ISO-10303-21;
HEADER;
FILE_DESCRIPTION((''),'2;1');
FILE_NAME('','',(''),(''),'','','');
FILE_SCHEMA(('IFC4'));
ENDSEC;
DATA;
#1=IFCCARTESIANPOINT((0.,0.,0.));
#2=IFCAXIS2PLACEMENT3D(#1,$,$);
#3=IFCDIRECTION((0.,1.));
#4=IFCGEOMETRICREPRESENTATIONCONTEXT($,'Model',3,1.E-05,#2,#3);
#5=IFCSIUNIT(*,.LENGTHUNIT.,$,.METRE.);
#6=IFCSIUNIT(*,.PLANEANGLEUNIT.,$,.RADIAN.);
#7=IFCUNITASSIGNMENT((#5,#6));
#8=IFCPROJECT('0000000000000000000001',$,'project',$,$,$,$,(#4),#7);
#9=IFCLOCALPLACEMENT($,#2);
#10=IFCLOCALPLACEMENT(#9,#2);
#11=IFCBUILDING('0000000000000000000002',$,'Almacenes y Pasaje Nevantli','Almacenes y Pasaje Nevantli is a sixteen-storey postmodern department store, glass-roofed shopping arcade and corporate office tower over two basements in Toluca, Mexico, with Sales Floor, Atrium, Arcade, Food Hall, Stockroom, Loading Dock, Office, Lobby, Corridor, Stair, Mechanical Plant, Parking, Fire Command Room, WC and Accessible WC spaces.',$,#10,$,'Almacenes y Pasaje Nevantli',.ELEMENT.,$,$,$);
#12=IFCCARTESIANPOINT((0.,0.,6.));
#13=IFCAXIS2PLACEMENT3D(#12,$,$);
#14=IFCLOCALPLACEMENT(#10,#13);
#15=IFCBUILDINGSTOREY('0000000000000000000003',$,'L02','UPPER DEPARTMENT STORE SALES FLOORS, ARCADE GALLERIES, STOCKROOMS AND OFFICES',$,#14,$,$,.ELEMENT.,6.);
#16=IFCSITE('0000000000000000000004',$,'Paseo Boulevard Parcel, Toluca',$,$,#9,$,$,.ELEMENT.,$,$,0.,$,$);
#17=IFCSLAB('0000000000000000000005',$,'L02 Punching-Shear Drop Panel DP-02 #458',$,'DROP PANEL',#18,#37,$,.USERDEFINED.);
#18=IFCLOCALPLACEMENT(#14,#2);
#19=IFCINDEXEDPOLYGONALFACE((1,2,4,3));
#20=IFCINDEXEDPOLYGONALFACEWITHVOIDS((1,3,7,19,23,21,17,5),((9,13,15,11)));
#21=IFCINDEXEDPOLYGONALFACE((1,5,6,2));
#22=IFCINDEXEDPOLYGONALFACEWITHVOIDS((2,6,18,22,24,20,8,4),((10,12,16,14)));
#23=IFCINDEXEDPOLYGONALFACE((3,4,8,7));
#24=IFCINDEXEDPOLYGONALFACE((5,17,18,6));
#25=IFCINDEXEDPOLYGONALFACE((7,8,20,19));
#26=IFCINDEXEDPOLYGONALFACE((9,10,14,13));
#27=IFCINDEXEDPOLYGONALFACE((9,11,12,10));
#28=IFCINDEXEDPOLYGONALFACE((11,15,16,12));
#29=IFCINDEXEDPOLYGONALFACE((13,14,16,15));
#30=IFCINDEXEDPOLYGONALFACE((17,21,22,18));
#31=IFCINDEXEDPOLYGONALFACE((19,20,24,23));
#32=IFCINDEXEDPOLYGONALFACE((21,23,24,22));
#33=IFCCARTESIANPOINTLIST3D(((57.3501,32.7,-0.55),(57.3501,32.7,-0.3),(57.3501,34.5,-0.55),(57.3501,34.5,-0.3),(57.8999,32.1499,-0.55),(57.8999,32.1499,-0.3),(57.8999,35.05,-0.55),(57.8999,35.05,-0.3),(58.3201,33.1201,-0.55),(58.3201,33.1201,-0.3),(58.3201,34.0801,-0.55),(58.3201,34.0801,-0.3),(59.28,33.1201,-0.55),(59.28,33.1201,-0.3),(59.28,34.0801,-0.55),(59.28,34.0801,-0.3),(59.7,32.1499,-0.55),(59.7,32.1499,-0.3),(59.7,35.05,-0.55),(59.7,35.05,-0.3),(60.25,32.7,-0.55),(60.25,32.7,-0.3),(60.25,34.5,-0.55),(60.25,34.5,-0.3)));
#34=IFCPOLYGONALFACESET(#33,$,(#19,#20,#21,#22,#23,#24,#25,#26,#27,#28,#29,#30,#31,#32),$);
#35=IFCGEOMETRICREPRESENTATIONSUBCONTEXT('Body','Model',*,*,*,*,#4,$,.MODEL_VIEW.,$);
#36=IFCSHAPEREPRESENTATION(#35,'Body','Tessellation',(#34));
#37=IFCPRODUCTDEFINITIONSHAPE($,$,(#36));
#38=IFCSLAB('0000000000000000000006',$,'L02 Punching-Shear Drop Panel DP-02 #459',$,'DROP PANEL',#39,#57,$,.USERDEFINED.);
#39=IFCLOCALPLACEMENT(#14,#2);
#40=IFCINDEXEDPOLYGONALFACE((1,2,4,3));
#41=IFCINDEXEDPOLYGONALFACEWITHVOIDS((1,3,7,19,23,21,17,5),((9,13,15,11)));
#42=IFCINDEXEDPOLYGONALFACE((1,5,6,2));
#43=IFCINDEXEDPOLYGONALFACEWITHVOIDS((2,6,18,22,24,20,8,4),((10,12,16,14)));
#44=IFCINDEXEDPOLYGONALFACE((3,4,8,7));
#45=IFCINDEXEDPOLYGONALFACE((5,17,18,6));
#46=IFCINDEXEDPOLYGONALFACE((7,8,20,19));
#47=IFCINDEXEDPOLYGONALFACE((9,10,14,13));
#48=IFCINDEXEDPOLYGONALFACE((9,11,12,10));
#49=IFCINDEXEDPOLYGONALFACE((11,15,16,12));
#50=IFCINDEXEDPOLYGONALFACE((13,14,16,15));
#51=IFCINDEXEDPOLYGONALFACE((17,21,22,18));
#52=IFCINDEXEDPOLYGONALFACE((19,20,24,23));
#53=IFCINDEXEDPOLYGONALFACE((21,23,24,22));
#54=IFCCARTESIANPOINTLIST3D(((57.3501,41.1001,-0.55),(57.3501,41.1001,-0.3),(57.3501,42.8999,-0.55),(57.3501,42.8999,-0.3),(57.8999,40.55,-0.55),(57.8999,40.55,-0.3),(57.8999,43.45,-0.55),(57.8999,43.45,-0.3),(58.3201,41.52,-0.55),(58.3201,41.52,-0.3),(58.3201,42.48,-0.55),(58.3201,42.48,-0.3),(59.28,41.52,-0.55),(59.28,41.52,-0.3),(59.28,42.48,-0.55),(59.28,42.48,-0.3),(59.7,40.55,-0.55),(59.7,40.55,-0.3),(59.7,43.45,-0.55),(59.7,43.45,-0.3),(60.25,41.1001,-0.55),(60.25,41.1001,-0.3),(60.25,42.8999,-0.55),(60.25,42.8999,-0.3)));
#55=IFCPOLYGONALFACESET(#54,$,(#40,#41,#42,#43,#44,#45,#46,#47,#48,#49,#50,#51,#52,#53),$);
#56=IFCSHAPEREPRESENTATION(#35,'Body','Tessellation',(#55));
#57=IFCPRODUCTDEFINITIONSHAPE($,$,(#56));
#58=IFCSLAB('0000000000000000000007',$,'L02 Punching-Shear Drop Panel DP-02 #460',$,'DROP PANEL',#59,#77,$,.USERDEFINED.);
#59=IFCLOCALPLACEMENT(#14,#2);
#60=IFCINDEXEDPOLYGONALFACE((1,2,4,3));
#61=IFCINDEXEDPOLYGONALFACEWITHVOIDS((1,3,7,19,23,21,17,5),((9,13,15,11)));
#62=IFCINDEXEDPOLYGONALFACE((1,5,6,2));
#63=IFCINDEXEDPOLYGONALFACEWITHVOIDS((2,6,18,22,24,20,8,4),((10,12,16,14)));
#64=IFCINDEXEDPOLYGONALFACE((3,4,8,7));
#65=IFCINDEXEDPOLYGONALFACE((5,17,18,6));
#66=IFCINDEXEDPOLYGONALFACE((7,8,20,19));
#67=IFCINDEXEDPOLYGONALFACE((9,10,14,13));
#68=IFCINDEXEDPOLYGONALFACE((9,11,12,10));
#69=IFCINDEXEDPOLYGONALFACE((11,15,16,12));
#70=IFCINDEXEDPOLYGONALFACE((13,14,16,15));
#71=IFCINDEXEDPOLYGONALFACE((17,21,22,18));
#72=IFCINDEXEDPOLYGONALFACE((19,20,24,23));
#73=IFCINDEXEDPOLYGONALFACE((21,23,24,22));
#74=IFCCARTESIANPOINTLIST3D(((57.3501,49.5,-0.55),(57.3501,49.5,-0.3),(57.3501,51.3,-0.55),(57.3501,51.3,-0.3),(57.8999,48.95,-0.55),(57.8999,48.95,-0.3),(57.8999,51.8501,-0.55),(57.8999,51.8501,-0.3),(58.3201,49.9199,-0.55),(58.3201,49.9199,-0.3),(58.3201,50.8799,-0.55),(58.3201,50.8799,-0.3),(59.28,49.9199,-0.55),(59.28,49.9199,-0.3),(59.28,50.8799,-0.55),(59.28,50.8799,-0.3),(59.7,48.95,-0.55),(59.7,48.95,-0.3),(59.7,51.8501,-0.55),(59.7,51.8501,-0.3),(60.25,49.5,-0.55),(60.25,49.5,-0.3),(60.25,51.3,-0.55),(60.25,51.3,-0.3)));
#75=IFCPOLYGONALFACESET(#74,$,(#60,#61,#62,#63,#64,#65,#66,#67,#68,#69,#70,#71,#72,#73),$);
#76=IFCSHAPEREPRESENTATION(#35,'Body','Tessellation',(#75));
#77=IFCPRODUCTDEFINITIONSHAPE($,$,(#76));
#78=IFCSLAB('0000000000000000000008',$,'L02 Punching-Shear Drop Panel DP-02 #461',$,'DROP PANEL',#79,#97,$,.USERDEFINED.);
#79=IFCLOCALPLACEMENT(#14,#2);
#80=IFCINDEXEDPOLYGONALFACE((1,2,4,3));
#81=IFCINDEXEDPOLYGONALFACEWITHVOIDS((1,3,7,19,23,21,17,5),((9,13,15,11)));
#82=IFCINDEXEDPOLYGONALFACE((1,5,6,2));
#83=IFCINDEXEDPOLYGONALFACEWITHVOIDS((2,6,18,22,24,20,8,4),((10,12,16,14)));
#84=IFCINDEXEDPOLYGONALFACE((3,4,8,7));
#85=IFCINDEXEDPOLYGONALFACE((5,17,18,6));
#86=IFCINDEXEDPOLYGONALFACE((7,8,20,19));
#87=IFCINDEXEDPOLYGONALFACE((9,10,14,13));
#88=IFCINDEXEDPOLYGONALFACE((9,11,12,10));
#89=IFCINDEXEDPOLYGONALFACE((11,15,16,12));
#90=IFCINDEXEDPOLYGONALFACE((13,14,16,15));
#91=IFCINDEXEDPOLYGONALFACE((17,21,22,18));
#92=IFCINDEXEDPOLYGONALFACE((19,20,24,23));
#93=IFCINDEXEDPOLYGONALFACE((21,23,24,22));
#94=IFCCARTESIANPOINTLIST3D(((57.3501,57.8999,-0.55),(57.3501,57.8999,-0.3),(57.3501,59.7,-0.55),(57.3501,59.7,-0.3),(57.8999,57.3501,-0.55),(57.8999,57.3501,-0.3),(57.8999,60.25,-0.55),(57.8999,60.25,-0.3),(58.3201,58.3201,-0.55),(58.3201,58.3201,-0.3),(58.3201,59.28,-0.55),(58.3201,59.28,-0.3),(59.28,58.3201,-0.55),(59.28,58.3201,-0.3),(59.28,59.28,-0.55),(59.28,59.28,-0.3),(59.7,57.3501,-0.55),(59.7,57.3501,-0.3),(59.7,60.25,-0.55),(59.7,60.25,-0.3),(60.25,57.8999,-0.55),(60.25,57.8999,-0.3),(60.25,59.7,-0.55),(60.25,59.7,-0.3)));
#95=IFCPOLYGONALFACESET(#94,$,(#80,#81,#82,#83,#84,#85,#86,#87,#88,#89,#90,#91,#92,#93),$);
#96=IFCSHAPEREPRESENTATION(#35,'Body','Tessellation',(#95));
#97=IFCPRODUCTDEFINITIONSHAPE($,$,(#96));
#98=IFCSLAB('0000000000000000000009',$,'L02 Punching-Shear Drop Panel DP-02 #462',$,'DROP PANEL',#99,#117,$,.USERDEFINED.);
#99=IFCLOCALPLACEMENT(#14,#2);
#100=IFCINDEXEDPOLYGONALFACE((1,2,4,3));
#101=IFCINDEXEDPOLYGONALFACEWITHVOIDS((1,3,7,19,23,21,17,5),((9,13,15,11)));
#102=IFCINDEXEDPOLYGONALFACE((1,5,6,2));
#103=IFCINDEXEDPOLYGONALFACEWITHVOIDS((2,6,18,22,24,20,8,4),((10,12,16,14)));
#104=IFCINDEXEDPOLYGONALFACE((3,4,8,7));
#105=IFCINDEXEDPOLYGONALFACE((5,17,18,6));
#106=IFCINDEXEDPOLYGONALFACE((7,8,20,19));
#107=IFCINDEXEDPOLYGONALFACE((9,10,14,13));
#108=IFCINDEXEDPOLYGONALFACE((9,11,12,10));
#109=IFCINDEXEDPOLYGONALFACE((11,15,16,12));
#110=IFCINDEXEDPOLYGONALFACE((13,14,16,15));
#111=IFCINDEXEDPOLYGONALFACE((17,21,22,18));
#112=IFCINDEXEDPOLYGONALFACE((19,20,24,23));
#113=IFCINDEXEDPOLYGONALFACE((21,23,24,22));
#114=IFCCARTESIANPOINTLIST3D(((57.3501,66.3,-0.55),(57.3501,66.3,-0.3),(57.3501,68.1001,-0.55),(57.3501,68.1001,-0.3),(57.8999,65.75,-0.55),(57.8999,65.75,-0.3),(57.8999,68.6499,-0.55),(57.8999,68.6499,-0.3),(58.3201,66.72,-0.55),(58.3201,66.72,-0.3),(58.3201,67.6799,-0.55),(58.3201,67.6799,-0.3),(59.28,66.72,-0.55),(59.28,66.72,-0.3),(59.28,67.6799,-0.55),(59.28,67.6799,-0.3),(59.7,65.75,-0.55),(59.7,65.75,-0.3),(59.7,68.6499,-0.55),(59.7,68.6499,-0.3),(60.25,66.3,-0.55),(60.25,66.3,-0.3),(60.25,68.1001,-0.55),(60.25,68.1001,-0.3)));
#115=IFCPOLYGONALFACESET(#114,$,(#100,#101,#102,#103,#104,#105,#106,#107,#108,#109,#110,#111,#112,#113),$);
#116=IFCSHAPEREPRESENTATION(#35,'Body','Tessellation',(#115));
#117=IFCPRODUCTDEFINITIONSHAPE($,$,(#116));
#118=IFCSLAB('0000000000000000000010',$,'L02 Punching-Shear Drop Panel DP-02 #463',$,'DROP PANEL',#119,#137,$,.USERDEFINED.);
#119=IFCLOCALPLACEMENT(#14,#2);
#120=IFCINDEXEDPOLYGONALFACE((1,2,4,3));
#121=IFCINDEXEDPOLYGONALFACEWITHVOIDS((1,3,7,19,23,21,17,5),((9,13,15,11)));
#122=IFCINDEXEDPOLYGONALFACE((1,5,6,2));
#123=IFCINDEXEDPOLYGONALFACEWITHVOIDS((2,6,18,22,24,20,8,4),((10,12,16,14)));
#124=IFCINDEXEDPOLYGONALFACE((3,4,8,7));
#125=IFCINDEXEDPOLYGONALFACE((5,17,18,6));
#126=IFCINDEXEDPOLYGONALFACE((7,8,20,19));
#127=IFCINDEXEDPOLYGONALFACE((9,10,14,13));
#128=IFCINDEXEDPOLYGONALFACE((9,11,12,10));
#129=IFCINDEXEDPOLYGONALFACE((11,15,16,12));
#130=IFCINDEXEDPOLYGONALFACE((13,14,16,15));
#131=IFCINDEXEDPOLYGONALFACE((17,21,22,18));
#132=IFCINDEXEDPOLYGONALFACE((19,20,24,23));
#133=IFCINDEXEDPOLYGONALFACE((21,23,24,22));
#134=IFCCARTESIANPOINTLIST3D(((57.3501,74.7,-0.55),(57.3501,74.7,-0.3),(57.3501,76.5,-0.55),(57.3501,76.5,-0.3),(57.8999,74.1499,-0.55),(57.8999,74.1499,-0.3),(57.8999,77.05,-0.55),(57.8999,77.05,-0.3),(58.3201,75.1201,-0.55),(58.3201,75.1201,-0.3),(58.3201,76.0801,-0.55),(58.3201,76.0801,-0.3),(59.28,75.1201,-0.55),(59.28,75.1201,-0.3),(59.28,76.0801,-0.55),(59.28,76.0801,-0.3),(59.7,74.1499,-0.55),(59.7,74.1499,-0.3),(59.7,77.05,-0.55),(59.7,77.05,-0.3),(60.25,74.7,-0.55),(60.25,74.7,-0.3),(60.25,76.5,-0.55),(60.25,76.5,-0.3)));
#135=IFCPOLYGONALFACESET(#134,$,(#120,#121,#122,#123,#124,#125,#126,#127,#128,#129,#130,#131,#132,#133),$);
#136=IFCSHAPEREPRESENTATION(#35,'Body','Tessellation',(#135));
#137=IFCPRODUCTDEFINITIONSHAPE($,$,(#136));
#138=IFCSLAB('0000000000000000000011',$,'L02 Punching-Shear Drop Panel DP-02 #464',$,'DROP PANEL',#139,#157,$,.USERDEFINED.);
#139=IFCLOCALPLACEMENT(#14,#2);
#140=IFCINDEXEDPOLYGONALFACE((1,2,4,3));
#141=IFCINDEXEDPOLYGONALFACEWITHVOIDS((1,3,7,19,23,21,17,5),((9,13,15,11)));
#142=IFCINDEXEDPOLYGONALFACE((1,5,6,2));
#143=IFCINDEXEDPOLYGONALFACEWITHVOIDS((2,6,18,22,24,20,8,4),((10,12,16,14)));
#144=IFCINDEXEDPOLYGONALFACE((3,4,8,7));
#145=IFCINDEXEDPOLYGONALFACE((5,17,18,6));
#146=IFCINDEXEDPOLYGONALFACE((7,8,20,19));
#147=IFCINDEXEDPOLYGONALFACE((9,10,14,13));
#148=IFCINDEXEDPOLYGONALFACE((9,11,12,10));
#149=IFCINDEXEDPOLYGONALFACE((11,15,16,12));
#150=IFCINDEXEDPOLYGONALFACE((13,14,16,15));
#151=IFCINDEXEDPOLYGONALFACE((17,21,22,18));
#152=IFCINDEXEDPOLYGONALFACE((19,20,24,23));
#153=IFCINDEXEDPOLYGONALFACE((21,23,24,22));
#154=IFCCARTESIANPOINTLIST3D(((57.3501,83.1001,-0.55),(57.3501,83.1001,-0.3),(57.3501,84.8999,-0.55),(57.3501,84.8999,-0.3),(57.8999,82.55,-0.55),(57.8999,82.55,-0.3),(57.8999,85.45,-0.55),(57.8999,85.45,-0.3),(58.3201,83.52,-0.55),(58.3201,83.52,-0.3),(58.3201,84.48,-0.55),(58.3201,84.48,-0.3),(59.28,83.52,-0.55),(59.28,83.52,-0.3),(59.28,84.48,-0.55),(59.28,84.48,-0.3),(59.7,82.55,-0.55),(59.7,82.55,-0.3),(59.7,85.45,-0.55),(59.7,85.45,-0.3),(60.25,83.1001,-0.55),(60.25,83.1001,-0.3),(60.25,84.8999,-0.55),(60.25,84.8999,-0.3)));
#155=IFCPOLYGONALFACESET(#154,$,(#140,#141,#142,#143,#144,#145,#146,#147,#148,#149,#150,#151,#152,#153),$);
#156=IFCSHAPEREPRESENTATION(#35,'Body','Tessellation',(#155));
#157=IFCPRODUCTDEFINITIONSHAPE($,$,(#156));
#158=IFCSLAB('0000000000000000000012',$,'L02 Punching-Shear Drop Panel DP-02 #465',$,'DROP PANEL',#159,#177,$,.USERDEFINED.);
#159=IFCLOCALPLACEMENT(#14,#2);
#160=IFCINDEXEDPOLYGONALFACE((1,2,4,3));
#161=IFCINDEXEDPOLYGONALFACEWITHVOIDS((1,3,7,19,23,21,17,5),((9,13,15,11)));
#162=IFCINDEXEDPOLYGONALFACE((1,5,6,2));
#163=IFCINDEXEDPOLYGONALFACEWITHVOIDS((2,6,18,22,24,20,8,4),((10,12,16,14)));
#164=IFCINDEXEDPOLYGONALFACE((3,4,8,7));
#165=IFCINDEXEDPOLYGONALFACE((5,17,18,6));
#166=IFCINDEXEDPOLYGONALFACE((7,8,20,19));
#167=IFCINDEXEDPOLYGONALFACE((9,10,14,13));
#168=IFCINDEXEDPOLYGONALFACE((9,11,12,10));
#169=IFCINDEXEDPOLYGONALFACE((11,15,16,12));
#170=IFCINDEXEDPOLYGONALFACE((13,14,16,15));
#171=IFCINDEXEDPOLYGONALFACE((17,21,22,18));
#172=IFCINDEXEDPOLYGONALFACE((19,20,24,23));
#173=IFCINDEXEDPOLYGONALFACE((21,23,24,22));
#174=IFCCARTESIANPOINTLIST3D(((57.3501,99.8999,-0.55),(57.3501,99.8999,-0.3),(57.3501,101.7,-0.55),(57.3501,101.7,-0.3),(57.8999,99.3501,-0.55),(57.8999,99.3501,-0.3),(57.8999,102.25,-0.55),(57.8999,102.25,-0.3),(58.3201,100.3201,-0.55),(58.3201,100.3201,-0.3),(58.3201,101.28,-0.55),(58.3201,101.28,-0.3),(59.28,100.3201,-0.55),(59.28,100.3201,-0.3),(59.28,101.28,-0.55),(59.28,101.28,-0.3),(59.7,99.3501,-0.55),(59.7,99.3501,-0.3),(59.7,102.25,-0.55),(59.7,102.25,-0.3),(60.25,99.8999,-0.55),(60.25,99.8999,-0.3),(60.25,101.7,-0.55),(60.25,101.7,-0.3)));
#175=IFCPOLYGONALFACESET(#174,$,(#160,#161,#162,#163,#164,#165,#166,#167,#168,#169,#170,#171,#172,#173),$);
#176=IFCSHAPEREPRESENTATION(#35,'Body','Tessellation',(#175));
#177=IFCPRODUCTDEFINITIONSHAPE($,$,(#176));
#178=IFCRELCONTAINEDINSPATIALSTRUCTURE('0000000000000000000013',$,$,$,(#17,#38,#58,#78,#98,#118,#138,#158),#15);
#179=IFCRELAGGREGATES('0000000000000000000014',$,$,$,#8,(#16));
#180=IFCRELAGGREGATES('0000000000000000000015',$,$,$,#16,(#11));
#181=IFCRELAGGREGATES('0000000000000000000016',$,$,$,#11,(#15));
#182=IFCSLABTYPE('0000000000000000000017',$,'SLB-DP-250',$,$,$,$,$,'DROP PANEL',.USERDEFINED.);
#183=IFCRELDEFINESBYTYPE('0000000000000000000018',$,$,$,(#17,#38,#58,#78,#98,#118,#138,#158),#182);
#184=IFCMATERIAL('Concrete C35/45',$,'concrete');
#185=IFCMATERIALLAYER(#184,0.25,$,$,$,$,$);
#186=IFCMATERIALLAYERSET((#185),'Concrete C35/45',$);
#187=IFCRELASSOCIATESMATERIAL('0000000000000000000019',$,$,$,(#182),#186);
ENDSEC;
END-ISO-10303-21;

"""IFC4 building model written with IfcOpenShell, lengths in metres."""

from ifc_helpers import new_model, si_unit, direction, frame, origin, place, context, subcontext, project, spatial, polyline, outline, extrude, material, layer, layer_set, type_object, element, save


model = new_model("IFC4")

# Units and contexts
model_context = context("Model", 3, precision=1e-05, world=origin(), true_north=direction((0.0, 1.0)))
body_context = subcontext(model_context, "Body", "Model", "MODEL_VIEW")
ifc_project = project(units=[si_unit("LENGTHUNIT", "METRE"), si_unit("PLANEANGLEUNIT", "RADIAN")], contexts=[model_context])

# Site, building, storey
site_placement = place(None, origin())
site = spatial("IfcSite", under=ifc_project, at=site_placement, Name="Paseo Boulevard Parcel, Toluca", CompositionType="ELEMENT", RefElevation=0.0)
building_placement = place(site_placement, origin())
building = spatial("IfcBuilding", under=site, at=building_placement, Name="Almacenes y Pasaje Nevantli", Description="Almacenes y Pasaje Nevantli is a sixteen-storey postmodern department store, glass-roofed shopping arcade and corporate office tower over two basements in Toluca, Mexico, with Sales Floor, Atrium, Arcade, Food Hall, Stockroom, Loading Dock, Office, Lobby, Corridor, Stair, Mechanical Plant, Parking, Fire Command Room, WC and Accessible WC spaces.", LongName="Almacenes y Pasaje Nevantli", CompositionType="ELEMENT")
storey_placement = place(building_placement, frame((0.0, 0.0, 6.0)))
storey = spatial("IfcBuildingStorey", under=building, at=storey_placement, Name="L02", Description="UPPER DEPARTMENT STORE SALES FLOORS, ARCADE GALLERIES, STOCKROOMS AND OFFICES", CompositionType="ELEMENT", Elevation=6.0)

# Slabs
ifc_material = material(Name="Concrete C35/45", Category="concrete")
ifc_layer = layer(ifc_material, 0.25)
ifc_layer_set = layer_set([ifc_layer], Name="Concrete C35/45")
slab_type = type_object("IfcSlabType", Name="SLB-DP-250", ElementType="DROP PANEL", PredefinedType="USERDEFINED", material=ifc_layer_set)
slab_1_placement = place(storey_placement, frame((0.0, 0.0, -0.55)))
element("IfcSlab", 1, at=slab_1_placement, inside=storey, type_object=slab_type, Name="L02 Punching-Shear Drop Panel DP-02 #458", ObjectType="DROP PANEL", PredefinedType="USERDEFINED", context=body_context, shape_type="SweptSolid", body=[
    extrude(outline(polyline([(57.8999, 32.1499), (59.7, 32.1499), (60.25, 32.7), (60.25, 34.5), (59.7, 35.05), (57.8999, 35.05), (57.3501, 34.5), (57.3501, 32.7), (57.8999, 32.1499)]), holes=[polyline([(58.3201, 33.1201), (59.28, 33.1201), (59.28, 34.0801), (58.3201, 34.0801), (58.3201, 33.1201)])]), origin(), (0.0, 0.0, 1.0), 0.25),
])
slab_2_placement = place(storey_placement, frame((0.0, 0.0, -0.55)))
element("IfcSlab", 2, at=slab_2_placement, inside=storey, type_object=slab_type, Name="L02 Punching-Shear Drop Panel DP-02 #459", ObjectType="DROP PANEL", PredefinedType="USERDEFINED", context=body_context, shape_type="SweptSolid", body=[
    extrude(outline(polyline([(57.8999, 40.55), (59.7, 40.55), (60.25, 41.1001), (60.25, 42.8999), (59.7, 43.45), (57.8999, 43.45), (57.3501, 42.8999), (57.3501, 41.1001), (57.8999, 40.55)]), holes=[polyline([(58.3201, 41.52), (59.28, 41.52), (59.28, 42.48), (58.3201, 42.48), (58.3201, 41.52)])]), origin(), (0.0, 0.0, 1.0), 0.25),
])
slab_3_placement = place(storey_placement, frame((0.0, 0.0, -0.55)))
element("IfcSlab", 3, at=slab_3_placement, inside=storey, type_object=slab_type, Name="L02 Punching-Shear Drop Panel DP-02 #460", ObjectType="DROP PANEL", PredefinedType="USERDEFINED", context=body_context, shape_type="SweptSolid", body=[
    extrude(outline(polyline([(57.8999, 48.95), (59.7, 48.95), (60.25, 49.5), (60.25, 51.3), (59.7, 51.8501), (57.8999, 51.8501), (57.3501, 51.3), (57.3501, 49.5), (57.8999, 48.95)]), holes=[polyline([(58.3201, 49.9199), (59.28, 49.9199), (59.28, 50.8799), (58.3201, 50.8799), (58.3201, 49.9199)])]), origin(), (0.0, 0.0, 1.0), 0.25),
])
slab_4_placement = place(storey_placement, frame((0.0, 0.0, -0.55)))
element("IfcSlab", 4, at=slab_4_placement, inside=storey, type_object=slab_type, Name="L02 Punching-Shear Drop Panel DP-02 #461", ObjectType="DROP PANEL", PredefinedType="USERDEFINED", context=body_context, shape_type="SweptSolid", body=[
    extrude(outline(polyline([(57.8999, 57.3501), (59.7, 57.3501), (60.25, 57.8999), (60.25, 59.7), (59.7, 60.25), (57.8999, 60.25), (57.3501, 59.7), (57.3501, 57.8999), (57.8999, 57.3501)]), holes=[polyline([(58.3201, 58.3201), (59.28, 58.3201), (59.28, 59.28), (58.3201, 59.28), (58.3201, 58.3201)])]), origin(), (0.0, 0.0, 1.0), 0.25),
])
slab_5_placement = place(storey_placement, frame((0.0, 0.0, -0.55)))
element("IfcSlab", 5, at=slab_5_placement, inside=storey, type_object=slab_type, Name="L02 Punching-Shear Drop Panel DP-02 #462", ObjectType="DROP PANEL", PredefinedType="USERDEFINED", context=body_context, shape_type="SweptSolid", body=[
    extrude(outline(polyline([(57.8999, 65.75), (59.7, 65.75), (60.25, 66.3), (60.25, 68.1001), (59.7, 68.6499), (57.8999, 68.6499), (57.3501, 68.1001), (57.3501, 66.3), (57.8999, 65.75)]), holes=[polyline([(58.3201, 66.72), (59.28, 66.72), (59.28, 67.6799), (58.3201, 67.6799), (58.3201, 66.72)])]), origin(), (0.0, 0.0, 1.0), 0.25),
])
slab_6_placement = place(storey_placement, frame((0.0, 0.0, -0.55)))
element("IfcSlab", 6, at=slab_6_placement, inside=storey, type_object=slab_type, Name="L02 Punching-Shear Drop Panel DP-02 #463", ObjectType="DROP PANEL", PredefinedType="USERDEFINED", context=body_context, shape_type="SweptSolid", body=[
    extrude(outline(polyline([(57.8999, 74.1499), (59.7, 74.1499), (60.25, 74.7), (60.25, 76.5), (59.7, 77.05), (57.8999, 77.05), (57.3501, 76.5), (57.3501, 74.7), (57.8999, 74.1499)]), holes=[polyline([(58.3201, 75.1201), (59.28, 75.1201), (59.28, 76.0801), (58.3201, 76.0801), (58.3201, 75.1201)])]), origin(), (0.0, 0.0, 1.0), 0.25),
])
slab_7_placement = place(storey_placement, frame((0.0, 0.0, -0.55)))
element("IfcSlab", 7, at=slab_7_placement, inside=storey, type_object=slab_type, Name="L02 Punching-Shear Drop Panel DP-02 #464", ObjectType="DROP PANEL", PredefinedType="USERDEFINED", context=body_context, shape_type="SweptSolid", body=[
    extrude(outline(polyline([(57.8999, 82.55), (59.7, 82.55), (60.25, 83.1001), (60.25, 84.8999), (59.7, 85.45), (57.8999, 85.45), (57.3501, 84.8999), (57.3501, 83.1001), (57.8999, 82.55)]), holes=[polyline([(58.3201, 83.52), (59.28, 83.52), (59.28, 84.48), (58.3201, 84.48), (58.3201, 83.52)])]), origin(), (0.0, 0.0, 1.0), 0.25),
])
slab_8_placement = place(storey_placement, frame((0.0, 0.0, -0.55)))
element("IfcSlab", 8, at=slab_8_placement, inside=storey, type_object=slab_type, Name="L02 Punching-Shear Drop Panel DP-02 #465", ObjectType="DROP PANEL", PredefinedType="USERDEFINED", context=body_context, shape_type="SweptSolid", body=[
    extrude(outline(polyline([(57.8999, 99.3501), (59.7, 99.3501), (60.25, 99.8999), (60.25, 101.7), (59.7, 102.25), (57.8999, 102.25), (57.3501, 101.7), (57.3501, 99.8999), (57.8999, 99.3501)]), holes=[polyline([(58.3201, 100.3201), (59.28, 100.3201), (59.28, 101.28), (58.3201, 101.28), (58.3201, 100.3201)])]), origin(), (0.0, 0.0, 1.0), 0.25),
])

save(model, "model.ifc")
